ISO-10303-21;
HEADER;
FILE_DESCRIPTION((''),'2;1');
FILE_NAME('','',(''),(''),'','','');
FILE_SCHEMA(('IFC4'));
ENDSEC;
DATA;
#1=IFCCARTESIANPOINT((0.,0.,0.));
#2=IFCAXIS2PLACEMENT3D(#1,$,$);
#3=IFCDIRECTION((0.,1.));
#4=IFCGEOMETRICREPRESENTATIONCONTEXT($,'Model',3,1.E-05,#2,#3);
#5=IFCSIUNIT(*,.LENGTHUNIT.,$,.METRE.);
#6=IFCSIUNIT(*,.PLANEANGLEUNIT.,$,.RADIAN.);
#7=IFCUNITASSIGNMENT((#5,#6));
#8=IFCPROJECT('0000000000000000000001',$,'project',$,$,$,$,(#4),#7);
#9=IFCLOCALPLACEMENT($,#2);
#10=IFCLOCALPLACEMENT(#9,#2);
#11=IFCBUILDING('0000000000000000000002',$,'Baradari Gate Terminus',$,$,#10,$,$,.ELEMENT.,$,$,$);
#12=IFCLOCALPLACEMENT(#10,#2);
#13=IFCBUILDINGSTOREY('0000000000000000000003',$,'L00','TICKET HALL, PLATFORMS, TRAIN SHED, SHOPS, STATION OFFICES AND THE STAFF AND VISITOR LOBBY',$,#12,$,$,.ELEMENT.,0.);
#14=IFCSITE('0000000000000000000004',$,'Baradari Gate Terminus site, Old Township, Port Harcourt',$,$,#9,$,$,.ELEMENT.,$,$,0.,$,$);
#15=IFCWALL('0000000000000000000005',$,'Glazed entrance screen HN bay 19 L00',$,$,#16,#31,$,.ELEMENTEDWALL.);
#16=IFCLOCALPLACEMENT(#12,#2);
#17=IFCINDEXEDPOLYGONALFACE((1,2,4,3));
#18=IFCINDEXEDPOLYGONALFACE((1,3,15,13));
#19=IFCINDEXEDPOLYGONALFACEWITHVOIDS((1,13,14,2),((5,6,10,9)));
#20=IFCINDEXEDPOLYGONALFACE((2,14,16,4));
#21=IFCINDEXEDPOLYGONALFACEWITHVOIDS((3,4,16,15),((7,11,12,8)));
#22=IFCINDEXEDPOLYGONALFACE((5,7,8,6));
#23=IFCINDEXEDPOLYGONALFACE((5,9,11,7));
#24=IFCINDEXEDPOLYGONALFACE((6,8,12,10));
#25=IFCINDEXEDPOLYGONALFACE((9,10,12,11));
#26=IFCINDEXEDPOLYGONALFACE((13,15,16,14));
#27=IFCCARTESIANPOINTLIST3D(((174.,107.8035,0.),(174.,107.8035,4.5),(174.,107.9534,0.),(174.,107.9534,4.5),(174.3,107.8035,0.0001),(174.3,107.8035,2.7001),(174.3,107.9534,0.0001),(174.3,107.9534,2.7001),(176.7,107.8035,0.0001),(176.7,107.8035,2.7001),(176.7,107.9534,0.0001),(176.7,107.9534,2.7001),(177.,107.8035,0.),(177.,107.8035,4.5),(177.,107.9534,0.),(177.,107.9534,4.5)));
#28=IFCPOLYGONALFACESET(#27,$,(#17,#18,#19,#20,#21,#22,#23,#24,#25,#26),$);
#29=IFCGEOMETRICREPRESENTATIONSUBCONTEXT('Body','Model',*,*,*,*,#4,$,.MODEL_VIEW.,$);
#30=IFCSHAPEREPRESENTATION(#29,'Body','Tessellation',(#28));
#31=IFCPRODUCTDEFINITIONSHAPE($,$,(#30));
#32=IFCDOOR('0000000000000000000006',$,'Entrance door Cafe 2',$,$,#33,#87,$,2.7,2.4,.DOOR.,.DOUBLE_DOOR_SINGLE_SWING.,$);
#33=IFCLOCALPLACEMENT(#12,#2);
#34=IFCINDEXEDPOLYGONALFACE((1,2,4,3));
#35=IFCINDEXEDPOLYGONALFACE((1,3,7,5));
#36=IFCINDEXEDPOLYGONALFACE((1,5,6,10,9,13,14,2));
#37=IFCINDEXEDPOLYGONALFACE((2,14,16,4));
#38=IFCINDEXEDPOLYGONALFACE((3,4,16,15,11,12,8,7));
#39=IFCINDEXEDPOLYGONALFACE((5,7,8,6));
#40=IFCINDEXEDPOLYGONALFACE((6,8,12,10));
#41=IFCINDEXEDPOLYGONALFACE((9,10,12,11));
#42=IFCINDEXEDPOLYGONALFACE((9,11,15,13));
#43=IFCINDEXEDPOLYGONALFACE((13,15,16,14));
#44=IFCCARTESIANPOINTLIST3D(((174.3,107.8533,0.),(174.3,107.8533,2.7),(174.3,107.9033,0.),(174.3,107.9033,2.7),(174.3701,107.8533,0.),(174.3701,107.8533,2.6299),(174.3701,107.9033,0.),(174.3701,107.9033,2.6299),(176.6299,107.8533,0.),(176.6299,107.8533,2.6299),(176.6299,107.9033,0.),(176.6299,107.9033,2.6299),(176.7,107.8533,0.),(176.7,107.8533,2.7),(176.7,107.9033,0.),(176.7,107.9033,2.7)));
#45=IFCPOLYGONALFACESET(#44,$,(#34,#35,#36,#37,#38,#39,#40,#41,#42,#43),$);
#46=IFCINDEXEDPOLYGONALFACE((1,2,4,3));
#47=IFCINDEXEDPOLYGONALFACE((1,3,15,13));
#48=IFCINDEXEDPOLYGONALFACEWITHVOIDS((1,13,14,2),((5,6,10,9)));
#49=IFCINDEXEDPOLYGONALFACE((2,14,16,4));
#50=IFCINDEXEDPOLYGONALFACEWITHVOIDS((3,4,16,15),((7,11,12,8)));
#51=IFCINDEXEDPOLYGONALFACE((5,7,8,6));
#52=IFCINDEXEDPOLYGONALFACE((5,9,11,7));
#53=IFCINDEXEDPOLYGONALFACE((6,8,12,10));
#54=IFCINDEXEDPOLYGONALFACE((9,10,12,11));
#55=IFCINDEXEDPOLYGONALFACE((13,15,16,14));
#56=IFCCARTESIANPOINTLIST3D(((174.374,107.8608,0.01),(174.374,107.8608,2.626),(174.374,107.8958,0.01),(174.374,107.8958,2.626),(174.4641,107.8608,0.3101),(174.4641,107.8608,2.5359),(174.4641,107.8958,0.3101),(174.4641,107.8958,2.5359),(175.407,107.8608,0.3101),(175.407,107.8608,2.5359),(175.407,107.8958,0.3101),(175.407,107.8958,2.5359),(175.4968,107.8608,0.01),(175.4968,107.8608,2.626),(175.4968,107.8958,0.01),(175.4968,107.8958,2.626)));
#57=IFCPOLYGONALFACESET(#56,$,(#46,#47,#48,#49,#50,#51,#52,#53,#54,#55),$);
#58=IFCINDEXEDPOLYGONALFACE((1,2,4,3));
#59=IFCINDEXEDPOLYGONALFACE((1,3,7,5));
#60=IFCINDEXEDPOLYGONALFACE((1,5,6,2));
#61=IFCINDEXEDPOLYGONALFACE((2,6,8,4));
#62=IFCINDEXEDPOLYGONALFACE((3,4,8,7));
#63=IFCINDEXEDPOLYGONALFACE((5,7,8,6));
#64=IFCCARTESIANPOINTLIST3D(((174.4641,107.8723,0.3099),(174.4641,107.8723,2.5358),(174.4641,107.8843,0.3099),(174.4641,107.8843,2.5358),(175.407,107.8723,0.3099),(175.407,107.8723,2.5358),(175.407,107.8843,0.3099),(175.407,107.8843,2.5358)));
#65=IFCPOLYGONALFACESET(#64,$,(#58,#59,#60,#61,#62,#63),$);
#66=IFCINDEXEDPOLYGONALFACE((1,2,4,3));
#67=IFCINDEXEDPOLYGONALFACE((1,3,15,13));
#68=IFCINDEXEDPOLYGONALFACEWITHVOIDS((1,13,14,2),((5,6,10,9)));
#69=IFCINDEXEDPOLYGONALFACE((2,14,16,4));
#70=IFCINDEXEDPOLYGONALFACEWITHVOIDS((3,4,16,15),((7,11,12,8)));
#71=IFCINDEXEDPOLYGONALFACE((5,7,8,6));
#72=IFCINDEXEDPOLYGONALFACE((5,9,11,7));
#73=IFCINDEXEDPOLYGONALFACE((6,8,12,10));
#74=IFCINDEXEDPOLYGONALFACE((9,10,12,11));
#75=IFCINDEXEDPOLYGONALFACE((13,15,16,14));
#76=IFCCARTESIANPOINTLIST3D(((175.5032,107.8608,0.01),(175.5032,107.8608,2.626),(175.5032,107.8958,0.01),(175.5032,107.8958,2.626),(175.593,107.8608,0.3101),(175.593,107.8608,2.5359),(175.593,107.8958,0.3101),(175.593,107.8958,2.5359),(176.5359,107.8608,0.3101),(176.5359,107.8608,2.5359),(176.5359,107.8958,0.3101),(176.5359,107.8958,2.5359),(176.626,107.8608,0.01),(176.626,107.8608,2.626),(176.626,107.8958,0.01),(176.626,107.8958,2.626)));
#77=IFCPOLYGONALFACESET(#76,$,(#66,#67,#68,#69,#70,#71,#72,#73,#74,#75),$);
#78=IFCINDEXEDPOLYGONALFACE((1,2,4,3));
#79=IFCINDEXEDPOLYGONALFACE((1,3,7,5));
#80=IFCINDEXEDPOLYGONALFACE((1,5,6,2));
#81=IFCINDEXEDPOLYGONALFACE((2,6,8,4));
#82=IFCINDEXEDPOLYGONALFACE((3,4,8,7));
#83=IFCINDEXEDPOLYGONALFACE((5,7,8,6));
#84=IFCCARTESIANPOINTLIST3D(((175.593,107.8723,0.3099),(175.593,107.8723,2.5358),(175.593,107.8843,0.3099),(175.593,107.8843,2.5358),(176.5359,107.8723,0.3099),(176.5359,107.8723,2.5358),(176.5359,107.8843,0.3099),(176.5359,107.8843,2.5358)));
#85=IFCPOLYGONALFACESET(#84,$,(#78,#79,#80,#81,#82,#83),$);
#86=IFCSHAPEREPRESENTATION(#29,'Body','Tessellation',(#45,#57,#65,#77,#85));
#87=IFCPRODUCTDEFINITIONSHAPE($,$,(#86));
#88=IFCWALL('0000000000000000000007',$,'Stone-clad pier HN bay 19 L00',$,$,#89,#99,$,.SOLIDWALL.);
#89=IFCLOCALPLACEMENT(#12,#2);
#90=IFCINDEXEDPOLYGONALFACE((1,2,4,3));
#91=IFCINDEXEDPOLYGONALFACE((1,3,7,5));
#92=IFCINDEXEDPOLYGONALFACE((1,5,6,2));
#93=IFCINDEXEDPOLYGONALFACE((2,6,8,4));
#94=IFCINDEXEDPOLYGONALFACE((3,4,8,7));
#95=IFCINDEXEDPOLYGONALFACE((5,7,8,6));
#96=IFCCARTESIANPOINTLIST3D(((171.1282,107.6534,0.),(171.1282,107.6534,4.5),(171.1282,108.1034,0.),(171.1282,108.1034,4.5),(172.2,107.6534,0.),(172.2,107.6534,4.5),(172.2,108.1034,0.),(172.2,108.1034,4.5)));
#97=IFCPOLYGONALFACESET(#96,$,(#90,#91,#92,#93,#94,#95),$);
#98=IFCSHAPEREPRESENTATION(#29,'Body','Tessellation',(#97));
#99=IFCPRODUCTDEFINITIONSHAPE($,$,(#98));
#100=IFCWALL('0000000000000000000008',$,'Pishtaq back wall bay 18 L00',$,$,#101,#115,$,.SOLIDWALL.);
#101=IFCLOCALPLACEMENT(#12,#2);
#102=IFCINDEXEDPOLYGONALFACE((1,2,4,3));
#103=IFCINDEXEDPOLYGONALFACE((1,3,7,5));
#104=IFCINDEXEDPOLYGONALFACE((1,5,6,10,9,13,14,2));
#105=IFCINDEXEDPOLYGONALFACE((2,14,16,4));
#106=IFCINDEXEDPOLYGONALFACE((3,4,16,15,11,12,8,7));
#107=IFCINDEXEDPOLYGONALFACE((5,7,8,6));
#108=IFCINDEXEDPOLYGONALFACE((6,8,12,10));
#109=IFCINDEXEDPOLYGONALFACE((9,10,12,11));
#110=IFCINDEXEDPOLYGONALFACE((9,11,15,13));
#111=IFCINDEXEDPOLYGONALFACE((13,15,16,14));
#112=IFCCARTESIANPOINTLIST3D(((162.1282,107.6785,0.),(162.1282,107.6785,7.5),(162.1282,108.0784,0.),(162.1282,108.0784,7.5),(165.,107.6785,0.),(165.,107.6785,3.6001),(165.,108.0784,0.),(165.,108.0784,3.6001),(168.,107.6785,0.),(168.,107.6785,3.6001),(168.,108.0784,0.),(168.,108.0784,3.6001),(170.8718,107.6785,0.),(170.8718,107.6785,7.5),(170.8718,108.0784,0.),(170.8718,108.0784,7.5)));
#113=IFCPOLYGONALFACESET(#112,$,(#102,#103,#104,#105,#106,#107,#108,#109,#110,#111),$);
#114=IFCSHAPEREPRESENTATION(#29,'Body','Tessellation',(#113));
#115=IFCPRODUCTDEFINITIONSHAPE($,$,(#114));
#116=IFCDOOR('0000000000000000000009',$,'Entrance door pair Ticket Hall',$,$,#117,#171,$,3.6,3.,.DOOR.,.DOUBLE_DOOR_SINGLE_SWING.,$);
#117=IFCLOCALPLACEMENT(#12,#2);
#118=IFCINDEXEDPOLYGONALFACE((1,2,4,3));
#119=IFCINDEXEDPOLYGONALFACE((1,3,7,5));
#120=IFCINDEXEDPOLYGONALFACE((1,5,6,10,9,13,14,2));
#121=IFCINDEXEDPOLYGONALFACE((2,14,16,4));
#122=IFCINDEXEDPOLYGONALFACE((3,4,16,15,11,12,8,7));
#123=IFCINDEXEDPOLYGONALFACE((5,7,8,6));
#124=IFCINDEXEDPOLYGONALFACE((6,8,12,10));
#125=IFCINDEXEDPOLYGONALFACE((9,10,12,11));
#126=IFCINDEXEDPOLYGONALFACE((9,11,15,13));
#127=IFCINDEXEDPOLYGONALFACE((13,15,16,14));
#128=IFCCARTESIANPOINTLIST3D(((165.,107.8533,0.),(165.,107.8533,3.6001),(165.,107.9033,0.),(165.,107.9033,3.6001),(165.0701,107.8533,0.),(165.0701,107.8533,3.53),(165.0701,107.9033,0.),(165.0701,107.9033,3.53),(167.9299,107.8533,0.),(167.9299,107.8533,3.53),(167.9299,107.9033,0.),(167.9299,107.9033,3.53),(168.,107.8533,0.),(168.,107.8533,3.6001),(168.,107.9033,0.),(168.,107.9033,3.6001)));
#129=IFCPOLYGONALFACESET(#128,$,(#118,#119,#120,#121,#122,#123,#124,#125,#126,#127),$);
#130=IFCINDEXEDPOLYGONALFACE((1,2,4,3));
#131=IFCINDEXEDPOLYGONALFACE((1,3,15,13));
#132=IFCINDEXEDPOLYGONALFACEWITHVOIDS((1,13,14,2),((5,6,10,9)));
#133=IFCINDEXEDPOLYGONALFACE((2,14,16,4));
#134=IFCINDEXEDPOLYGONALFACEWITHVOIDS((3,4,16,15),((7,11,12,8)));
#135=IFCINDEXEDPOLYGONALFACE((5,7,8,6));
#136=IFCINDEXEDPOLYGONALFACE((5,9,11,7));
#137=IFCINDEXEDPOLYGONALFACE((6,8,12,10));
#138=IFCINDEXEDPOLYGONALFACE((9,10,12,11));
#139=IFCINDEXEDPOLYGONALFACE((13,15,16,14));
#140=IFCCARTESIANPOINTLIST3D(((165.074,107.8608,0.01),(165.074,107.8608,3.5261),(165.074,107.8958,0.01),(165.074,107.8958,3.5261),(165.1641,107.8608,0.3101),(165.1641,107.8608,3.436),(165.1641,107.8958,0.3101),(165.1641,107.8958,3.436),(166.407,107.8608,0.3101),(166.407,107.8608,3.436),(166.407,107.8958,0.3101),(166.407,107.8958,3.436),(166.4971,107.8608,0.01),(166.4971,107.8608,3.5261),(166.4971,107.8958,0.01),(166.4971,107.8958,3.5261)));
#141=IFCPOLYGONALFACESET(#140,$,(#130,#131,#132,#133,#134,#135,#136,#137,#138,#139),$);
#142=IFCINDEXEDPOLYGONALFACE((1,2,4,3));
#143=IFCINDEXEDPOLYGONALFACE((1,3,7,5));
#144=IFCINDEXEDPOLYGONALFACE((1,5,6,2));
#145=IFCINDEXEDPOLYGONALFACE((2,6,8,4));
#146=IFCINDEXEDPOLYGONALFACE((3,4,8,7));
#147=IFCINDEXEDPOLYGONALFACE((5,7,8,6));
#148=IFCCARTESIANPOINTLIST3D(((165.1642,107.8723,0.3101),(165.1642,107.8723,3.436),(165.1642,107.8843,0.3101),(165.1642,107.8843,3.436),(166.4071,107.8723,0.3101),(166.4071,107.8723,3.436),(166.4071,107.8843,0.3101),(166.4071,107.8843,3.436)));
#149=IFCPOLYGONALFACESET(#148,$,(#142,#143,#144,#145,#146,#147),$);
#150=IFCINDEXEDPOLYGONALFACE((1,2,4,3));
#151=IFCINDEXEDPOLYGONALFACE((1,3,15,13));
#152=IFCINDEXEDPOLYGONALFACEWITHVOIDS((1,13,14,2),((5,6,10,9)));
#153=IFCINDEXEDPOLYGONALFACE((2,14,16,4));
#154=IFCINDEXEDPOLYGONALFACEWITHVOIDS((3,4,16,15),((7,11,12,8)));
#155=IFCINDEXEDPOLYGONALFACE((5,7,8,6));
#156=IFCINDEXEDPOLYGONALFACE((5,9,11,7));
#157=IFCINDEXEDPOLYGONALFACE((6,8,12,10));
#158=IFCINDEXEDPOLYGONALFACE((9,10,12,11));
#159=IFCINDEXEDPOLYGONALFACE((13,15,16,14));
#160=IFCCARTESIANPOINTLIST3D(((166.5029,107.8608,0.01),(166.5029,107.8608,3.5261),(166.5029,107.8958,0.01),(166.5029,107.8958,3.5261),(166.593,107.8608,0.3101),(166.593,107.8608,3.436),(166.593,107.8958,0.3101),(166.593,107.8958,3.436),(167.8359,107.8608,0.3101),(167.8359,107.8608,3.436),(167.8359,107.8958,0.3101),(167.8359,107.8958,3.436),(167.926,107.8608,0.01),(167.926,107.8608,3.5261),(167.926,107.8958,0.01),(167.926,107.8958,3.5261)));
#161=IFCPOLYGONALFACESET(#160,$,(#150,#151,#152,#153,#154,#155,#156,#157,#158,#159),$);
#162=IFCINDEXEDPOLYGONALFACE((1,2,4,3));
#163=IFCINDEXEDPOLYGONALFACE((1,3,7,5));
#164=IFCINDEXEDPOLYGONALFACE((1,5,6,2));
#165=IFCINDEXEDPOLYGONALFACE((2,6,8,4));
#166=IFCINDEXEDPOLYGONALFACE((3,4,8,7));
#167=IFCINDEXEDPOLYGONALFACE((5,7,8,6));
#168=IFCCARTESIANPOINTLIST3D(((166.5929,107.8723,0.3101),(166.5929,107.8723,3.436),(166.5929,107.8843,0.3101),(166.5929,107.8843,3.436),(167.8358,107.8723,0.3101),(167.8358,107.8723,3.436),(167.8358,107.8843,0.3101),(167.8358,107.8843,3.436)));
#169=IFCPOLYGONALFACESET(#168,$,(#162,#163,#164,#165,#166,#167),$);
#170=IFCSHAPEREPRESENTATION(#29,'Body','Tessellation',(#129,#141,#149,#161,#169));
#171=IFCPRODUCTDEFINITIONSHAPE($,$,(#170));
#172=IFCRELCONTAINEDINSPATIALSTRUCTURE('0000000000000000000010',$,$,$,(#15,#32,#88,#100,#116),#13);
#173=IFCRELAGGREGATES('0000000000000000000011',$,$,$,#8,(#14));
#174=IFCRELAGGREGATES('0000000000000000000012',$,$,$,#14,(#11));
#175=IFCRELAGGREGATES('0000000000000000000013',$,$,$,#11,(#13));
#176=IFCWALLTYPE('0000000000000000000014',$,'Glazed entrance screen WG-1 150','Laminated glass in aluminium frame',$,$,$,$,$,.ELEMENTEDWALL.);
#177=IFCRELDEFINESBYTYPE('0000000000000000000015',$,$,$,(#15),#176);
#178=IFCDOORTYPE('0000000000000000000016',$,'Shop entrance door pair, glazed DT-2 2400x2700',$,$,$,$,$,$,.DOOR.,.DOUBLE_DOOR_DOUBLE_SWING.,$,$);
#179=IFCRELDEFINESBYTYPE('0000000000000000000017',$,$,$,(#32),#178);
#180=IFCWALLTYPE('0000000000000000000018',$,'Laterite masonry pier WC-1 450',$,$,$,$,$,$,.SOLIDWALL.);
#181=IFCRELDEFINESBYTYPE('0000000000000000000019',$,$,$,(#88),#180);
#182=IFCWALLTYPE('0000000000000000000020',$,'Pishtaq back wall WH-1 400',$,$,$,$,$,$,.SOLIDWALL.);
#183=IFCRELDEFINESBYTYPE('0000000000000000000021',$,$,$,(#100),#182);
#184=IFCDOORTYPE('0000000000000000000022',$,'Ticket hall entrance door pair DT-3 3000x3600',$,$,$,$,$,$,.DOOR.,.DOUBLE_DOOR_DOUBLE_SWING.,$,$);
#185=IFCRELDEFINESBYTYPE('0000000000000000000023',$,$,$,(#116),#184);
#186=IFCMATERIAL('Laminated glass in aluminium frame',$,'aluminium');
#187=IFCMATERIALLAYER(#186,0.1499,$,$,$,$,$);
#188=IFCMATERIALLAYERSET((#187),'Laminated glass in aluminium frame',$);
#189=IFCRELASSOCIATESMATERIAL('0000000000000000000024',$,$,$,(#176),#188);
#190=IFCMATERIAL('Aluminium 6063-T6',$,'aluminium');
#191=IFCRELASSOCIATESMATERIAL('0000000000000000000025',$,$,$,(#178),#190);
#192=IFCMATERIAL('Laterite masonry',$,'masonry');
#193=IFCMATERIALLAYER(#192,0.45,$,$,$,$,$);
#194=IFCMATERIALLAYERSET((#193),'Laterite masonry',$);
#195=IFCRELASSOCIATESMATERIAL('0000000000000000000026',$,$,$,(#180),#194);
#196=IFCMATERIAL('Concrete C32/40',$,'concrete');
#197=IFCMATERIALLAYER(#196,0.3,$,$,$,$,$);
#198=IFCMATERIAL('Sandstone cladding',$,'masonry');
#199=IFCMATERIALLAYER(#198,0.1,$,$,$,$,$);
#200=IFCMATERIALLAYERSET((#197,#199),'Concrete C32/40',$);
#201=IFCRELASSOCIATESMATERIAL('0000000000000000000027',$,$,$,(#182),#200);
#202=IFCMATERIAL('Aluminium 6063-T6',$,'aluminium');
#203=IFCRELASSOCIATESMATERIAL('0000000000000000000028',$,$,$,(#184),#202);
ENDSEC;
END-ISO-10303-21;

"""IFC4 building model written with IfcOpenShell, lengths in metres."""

from ifc_helpers import new_model, si_unit, direction, frame, frame_2d, origin, place, context, subcontext, project, spatial, polyline, rectangle, outline, extrude, material, layer, layer_set, type_object, element, fill, save


model = new_model("IFC4")

# Units and contexts
model_context = context("Model", 3, precision=1e-05, world=origin(), true_north=direction((0.0, 1.0)))
body_context = subcontext(model_context, "Body", "Model", "MODEL_VIEW")
ifc_project = project(units=[si_unit("LENGTHUNIT", "METRE"), si_unit("PLANEANGLEUNIT", "RADIAN")], contexts=[model_context])

# Site, building, storey
site_placement = place(None, origin())
site = spatial("IfcSite", under=ifc_project, at=site_placement, Name="Baradari Gate Terminus site, Old Township, Port Harcourt", CompositionType="ELEMENT", RefElevation=0.0)
building_placement = place(site_placement, origin())
building = spatial("IfcBuilding", under=site, at=building_placement, Name="Baradari Gate Terminus", CompositionType="ELEMENT")
storey_placement = place(building_placement, origin())
storey = spatial("IfcBuildingStorey", under=building, at=storey_placement, Name="L00", Description="TICKET HALL, PLATFORMS, TRAIN SHED, SHOPS, STATION OFFICES AND THE STAFF AND VISITOR LOBBY", CompositionType="ELEMENT", Elevation=0.0)

# Wall, opening, door
ifc_material_1 = material(Name="Laminated glass in aluminium frame", Category="aluminium")
ifc_layer_1 = layer(ifc_material_1, 0.1499)
ifc_layer_set_1 = layer_set([ifc_layer_1], Name="Laminated glass in aluminium frame")
wall_type_1 = type_object("IfcWallType", Name="Glazed entrance screen WG-1 150", Description="Laminated glass in aluminium frame", PredefinedType="ELEMENTEDWALL", material=ifc_layer_set_1)
wall_1_placement = place(storey_placement, frame((174.0, 107.8784, 0.0), z_axis=(0.0, 0.0, 1.0), x_axis=(1.0, 0.0, 0.0)))
wall_1 = element("IfcWall", 1, at=wall_1_placement, inside=storey, type_object=wall_type_1, Name="Glazed entrance screen HN bay 19 L00", PredefinedType="ELEMENTEDWALL", context=body_context, shape_type="SweptSolid", body=[
    extrude(rectangle(XDim=3.0, YDim=0.1499, at=frame_2d((1.5, 0.0))), origin(), (0.0, 0.0, 1.0), 4.5),
])
opening_1_placement = place(wall_1_placement, frame((0.3, 0.0, 0.0)))
opening_1 = element("IfcOpeningElement", 2, at=opening_1_placement, cuts=wall_1, PredefinedType="OPENING", context=body_context, shape_type="SweptSolid", body=[
    extrude(rectangle(XDim=2.3999, YDim=2.7, at=frame_2d((1.2, 1.3501))), frame((0.0, 0.085, 0.0), z_axis=(0.0, -1.0, 0.0), x_axis=(1.0, 0.0, 0.0)), (0.0, 0.0, 1.0), 0.1699),
])
ifc_material_2 = material(Name="Aluminium 6063-T6", Category="aluminium")
door_type_1 = type_object("IfcDoorType", Name="Shop entrance door pair, glazed DT-2 2400x2700", OperationType="DOUBLE_DOOR_DOUBLE_SWING", PredefinedType="DOOR", material=ifc_material_2)
door_1_placement = place(opening_1_placement, origin())
door_1 = element("IfcDoor", 3, at=door_1_placement, inside=storey, type_object=door_type_1, Name="Entrance door Cafe 2", OperationType="DOUBLE_DOOR_SINGLE_SWING", OverallHeight=2.7, OverallWidth=2.4, PredefinedType="DOOR", context=body_context, shape_type="SweptSolid", body=[
    extrude(outline(polyline([(0.0, 0.0), (0.0701, 0.0), (0.0701, 2.6299), (2.3298, 2.6299), (2.3298, 0.0), (2.3999, 0.0), (2.3999, 2.7), (0.0, 2.7), (0.0, 0.0)])), frame((0.0, 0.0249, 0.0), z_axis=(0.0, -1.0, 0.0), x_axis=(1.0, 0.0, 0.0)), (0.0, 0.0, 1.0), 0.05),
    extrude(outline(polyline([(0.074, 0.01), (1.1968, 0.01), (1.1968, 2.626), (0.074, 2.626), (0.074, 0.01)]), holes=[polyline([(0.1641, 0.3101), (1.1069, 0.3101), (1.1069, 2.5359), (0.1641, 2.5359), (0.1641, 0.3101)])]), frame((0.0, 0.0173, 0.0), z_axis=(0.0, -1.0, 0.0), x_axis=(1.0, 0.0, 0.0)), (0.0, 0.0, 1.0), 0.0349),
    extrude(rectangle(XDim=0.9429, YDim=2.2258, at=frame_2d((0.6355, 1.4229))), frame((0.0, 0.0059, 0.0), z_axis=(0.0, -1.0, 0.0), x_axis=(1.0, 0.0, 0.0)), (0.0, 0.0, 1.0), 0.012),
    extrude(outline(polyline([(1.2031, 0.01), (2.3259, 0.01), (2.3259, 2.626), (1.2031, 2.626), (1.2031, 0.01)]), holes=[polyline([(1.293, 0.3101), (2.2358, 0.3101), (2.2358, 2.5359), (1.293, 2.5359), (1.293, 0.3101)])]), frame((0.0, 0.0173, 0.0), z_axis=(0.0, -1.0, 0.0), x_axis=(1.0, 0.0, 0.0)), (0.0, 0.0, 1.0), 0.0349),
    extrude(rectangle(XDim=0.9429, YDim=2.2258, at=frame_2d((1.7644, 1.4229))), frame((0.0, 0.0059, 0.0), z_axis=(0.0, -1.0, 0.0), x_axis=(1.0, 0.0, 0.0)), (0.0, 0.0, 1.0), 0.012),
])
fill(opening_1, door_1)

# Wall
ifc_material_3 = material(Name="Laterite masonry", Category="masonry")
ifc_layer_2 = layer(ifc_material_3, 0.45)
ifc_layer_set_2 = layer_set([ifc_layer_2], Name="Laterite masonry")
wall_type_2 = type_object("IfcWallType", Name="Laterite masonry pier WC-1 450", PredefinedType="SOLIDWALL", material=ifc_layer_set_2)
wall_2_placement = place(storey_placement, frame((171.1282, 107.8784, 0.0), z_axis=(0.0, 0.0, 1.0), x_axis=(1.0, 0.0, 0.0)))
element("IfcWall", 4, at=wall_2_placement, inside=storey, type_object=wall_type_2, Name="Stone-clad pier HN bay 19 L00", PredefinedType="SOLIDWALL", context=body_context, shape_type="SweptSolid", body=[
    extrude(rectangle(XDim=1.0718, YDim=0.45, at=frame_2d((0.5359, 0.0))), origin(), (0.0, 0.0, 1.0), 4.5),
])

# Wall, opening, door
ifc_material_4 = material(Name="Concrete C32/40", Category="concrete")
ifc_layer_3 = layer(ifc_material_4, 0.3)
ifc_material_5 = material(Name="Sandstone cladding", Category="masonry")
ifc_layer_4 = layer(ifc_material_5, 0.1)
ifc_layer_set_3 = layer_set([ifc_layer_3, ifc_layer_4], Name="Concrete C32/40")
wall_type_3 = type_object("IfcWallType", Name="Pishtaq back wall WH-1 400", PredefinedType="SOLIDWALL", material=ifc_layer_set_3)
wall_3_placement = place(storey_placement, frame((162.1282, 107.8784, 0.0), z_axis=(0.0, 0.0, 1.0), x_axis=(1.0, 0.0, 0.0)))
wall_3 = element("IfcWall", 5, at=wall_3_placement, inside=storey, type_object=wall_type_3, Name="Pishtaq back wall bay 18 L00", PredefinedType="SOLIDWALL", context=body_context, shape_type="SweptSolid", body=[
    extrude(rectangle(XDim=8.7437, YDim=0.3999, at=frame_2d((4.3718, 0.0))), origin(), (0.0, 0.0, 1.0), 7.5),
])
opening_2_placement = place(wall_3_placement, frame((2.8718, 0.0, 0.0)))
opening_2 = element("IfcOpeningElement", 6, at=opening_2_placement, cuts=wall_3, PredefinedType="OPENING", context=body_context, shape_type="SweptSolid", body=[
    extrude(rectangle(XDim=3.0, YDim=3.6001, at=frame_2d((1.5, 1.8))), frame((0.0, 0.21, 0.0), z_axis=(0.0, -1.0, 0.0), x_axis=(1.0, 0.0, 0.0)), (0.0, 0.0, 1.0), 0.4199),
])
ifc_material_6 = material(Name="Aluminium 6063-T6", Category="aluminium")
door_type_2 = type_object("IfcDoorType", Name="Ticket hall entrance door pair DT-3 3000x3600", OperationType="DOUBLE_DOOR_DOUBLE_SWING", PredefinedType="DOOR", material=ifc_material_6)
door_2_placement = place(opening_2_placement, origin())
door_2 = element("IfcDoor", 7, at=door_2_placement, inside=storey, type_object=door_type_2, Name="Entrance door pair Ticket Hall", OperationType="DOUBLE_DOOR_SINGLE_SWING", OverallHeight=3.6, OverallWidth=3.0, PredefinedType="DOOR", context=body_context, shape_type="SweptSolid", body=[
    extrude(outline(polyline([(0.0, 0.0), (0.0701, 0.0), (0.0701, 3.53), (2.9299, 3.53), (2.9299, 0.0), (3.0, 0.0), (3.0, 3.6001), (0.0, 3.6001), (0.0, 0.0)])), frame((0.0, 0.0249, 0.0), z_axis=(0.0, -1.0, 0.0), x_axis=(1.0, 0.0, 0.0)), (0.0, 0.0, 1.0), 0.05),
    extrude(outline(polyline([(0.074, 0.01), (1.4971, 0.01), (1.4971, 3.5261), (0.074, 3.5261), (0.074, 0.01)]), holes=[polyline([(0.1641, 0.3101), (1.407, 0.3101), (1.407, 3.436), (0.1641, 3.436), (0.1641, 0.3101)])]), frame((0.0, 0.0173, 0.0), z_axis=(0.0, -1.0, 0.0), x_axis=(1.0, 0.0, 0.0)), (0.0, 0.0, 1.0), 0.0349),
    extrude(rectangle(XDim=1.2429, YDim=3.126, at=frame_2d((0.7856, 1.873))), frame((0.0, 0.0059, 0.0), z_axis=(0.0, -1.0, 0.0), x_axis=(1.0, 0.0, 0.0)), (0.0, 0.0, 1.0), 0.012),
    extrude(outline(polyline([(1.5029, 0.01), (2.926, 0.01), (2.926, 3.5261), (1.5029, 3.5261), (1.5029, 0.01)]), holes=[polyline([(1.593, 0.3101), (2.8359, 0.3101), (2.8359, 3.436), (1.593, 3.436), (1.593, 0.3101)])]), frame((0.0, 0.0173, 0.0), z_axis=(0.0, -1.0, 0.0), x_axis=(1.0, 0.0, 0.0)), (0.0, 0.0, 1.0), 0.0349),
    extrude(rectangle(XDim=1.2429, YDim=3.126, at=frame_2d((2.2144, 1.873))), frame((0.0, 0.0059, 0.0), z_axis=(0.0, -1.0, 0.0), x_axis=(1.0, 0.0, 0.0)), (0.0, 0.0, 1.0), 0.012),
])
fill(opening_2, door_2)

save(model, "model.ifc")
